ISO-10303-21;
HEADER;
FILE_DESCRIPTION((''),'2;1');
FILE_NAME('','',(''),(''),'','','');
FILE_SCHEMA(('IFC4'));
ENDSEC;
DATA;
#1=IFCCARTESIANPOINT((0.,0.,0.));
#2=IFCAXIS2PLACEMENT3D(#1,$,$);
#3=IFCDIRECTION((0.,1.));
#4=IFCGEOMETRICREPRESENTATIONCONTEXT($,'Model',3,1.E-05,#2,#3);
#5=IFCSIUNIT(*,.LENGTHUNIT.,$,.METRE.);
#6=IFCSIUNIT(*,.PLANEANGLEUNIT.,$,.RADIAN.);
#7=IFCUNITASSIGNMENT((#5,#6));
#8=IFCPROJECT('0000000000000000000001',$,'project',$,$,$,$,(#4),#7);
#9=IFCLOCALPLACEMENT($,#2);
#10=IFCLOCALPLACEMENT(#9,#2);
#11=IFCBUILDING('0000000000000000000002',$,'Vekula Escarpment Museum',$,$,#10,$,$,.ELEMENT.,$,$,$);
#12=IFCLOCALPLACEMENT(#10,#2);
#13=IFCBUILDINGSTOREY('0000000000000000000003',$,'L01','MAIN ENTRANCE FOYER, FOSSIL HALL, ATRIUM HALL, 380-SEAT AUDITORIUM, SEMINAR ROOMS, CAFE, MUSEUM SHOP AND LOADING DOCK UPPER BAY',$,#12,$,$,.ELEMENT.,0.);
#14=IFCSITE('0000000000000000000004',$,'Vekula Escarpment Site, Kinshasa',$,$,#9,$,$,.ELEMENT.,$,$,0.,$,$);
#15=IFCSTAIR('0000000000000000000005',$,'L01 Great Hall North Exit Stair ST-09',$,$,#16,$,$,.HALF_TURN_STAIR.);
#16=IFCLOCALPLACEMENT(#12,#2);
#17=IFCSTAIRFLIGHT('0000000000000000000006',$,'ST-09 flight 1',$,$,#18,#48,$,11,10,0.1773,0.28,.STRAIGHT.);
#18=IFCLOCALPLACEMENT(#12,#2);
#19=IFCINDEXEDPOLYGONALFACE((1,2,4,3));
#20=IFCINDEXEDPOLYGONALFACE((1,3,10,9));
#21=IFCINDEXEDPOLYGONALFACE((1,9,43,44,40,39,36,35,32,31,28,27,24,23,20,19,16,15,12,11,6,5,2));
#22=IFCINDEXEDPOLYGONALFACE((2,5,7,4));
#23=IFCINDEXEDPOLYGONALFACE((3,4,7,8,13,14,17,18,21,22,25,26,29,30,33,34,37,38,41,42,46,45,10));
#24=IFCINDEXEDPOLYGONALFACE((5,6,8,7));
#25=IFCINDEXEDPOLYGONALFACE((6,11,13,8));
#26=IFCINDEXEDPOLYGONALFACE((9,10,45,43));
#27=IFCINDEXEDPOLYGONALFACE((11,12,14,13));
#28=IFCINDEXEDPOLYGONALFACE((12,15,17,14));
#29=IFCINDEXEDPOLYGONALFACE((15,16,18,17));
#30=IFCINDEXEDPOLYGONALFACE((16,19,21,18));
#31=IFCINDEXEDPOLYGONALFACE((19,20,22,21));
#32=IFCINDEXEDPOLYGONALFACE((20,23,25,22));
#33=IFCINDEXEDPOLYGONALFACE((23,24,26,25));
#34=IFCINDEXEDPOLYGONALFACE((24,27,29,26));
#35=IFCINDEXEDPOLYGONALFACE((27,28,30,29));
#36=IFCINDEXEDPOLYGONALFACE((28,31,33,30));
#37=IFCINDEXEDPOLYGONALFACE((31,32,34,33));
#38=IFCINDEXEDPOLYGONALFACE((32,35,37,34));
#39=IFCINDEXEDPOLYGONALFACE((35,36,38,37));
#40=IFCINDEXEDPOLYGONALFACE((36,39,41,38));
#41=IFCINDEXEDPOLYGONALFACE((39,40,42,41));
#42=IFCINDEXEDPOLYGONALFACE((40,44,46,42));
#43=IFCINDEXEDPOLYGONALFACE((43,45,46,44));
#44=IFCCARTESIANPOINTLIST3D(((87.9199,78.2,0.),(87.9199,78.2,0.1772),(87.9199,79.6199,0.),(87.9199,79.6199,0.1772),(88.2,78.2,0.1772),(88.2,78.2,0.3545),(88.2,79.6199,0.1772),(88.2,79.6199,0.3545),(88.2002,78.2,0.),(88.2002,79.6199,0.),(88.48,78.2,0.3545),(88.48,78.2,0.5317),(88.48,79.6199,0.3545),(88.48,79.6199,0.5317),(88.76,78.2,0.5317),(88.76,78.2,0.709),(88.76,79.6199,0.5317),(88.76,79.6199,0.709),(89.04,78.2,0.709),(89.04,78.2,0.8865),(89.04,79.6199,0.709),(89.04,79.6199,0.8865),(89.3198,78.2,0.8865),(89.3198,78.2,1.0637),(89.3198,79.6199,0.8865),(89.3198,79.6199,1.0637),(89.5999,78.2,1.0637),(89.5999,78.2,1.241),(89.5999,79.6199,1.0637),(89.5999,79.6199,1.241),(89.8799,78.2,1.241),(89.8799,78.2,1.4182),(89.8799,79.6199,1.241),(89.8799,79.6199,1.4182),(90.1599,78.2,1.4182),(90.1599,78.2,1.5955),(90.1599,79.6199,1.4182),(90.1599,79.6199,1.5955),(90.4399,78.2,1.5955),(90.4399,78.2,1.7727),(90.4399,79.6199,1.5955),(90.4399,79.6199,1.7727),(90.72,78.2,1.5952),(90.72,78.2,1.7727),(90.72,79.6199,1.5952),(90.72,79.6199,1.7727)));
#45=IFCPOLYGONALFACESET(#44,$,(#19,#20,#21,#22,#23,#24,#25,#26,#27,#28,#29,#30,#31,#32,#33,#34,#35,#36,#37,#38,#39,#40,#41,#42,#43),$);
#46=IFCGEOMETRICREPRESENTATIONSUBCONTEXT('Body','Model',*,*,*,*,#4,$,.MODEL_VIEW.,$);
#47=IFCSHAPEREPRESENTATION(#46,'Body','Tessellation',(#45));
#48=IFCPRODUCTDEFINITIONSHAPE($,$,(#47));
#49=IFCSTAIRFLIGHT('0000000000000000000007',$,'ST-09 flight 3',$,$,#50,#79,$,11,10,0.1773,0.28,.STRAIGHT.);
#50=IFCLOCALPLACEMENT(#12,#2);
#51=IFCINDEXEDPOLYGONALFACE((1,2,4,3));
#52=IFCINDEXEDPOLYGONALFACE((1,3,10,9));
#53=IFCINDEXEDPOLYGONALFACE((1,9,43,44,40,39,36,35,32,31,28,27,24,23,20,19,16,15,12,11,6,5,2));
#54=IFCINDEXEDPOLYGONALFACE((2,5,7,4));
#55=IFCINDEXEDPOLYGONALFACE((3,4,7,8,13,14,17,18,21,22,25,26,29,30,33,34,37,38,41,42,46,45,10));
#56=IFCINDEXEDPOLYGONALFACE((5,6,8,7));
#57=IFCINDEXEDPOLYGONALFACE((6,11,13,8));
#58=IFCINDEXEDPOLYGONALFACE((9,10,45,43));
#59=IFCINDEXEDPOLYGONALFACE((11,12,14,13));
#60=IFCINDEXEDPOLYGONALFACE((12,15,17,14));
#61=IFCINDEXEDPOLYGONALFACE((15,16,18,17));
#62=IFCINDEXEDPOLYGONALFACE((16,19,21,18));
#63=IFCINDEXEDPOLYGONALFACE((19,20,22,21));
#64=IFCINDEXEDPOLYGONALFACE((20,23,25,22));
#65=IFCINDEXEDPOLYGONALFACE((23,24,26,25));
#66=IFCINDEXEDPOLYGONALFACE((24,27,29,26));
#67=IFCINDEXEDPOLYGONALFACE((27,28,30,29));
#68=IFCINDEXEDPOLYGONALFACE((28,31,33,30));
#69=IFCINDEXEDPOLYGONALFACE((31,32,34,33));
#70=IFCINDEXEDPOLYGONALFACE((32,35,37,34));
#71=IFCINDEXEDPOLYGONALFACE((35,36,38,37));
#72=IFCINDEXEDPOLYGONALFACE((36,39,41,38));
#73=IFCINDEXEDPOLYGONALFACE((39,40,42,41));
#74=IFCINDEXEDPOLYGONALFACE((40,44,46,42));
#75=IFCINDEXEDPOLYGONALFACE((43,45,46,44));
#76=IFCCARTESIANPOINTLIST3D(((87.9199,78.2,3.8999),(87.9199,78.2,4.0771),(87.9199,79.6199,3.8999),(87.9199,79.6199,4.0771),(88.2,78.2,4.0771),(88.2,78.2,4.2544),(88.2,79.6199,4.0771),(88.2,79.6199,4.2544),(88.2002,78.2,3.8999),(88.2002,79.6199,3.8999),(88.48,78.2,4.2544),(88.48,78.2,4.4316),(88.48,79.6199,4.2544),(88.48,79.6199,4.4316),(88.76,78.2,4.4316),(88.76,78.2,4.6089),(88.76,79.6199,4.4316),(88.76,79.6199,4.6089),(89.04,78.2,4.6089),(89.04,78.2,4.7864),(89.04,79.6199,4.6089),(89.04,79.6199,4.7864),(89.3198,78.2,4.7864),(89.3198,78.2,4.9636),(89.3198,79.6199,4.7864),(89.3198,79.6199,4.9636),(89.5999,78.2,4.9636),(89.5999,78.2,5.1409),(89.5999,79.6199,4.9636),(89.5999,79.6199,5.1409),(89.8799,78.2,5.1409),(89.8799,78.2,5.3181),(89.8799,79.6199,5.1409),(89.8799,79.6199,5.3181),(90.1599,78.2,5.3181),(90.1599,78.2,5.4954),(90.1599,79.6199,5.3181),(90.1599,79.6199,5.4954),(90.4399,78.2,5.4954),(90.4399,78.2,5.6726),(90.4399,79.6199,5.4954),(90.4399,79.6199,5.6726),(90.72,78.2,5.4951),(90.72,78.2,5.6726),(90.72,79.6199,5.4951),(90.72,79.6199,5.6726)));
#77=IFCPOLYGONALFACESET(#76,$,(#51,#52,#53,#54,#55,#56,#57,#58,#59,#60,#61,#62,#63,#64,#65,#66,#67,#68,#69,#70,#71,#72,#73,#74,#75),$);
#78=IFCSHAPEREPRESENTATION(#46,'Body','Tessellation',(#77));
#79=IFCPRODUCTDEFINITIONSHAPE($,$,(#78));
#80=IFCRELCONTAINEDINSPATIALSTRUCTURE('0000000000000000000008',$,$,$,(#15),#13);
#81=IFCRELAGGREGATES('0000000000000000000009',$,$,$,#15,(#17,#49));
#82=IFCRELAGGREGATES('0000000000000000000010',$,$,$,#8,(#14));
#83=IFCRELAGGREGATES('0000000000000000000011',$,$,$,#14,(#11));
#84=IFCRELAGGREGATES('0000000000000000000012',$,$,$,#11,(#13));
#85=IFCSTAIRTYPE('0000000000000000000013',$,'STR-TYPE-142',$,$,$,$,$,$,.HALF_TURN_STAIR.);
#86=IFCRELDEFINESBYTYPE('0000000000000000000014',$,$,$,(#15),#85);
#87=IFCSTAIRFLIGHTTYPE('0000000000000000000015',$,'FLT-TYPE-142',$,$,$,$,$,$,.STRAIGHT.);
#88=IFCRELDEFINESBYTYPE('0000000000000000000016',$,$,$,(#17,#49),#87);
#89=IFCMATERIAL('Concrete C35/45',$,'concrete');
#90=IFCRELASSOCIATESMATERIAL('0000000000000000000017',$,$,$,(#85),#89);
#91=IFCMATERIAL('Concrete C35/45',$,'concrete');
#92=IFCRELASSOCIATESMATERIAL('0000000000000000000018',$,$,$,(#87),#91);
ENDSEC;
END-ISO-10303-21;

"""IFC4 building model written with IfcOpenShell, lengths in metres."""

from ifc_helpers import new_model, si_unit, direction, frame, origin, place, context, subcontext, project, spatial, polyline, outline, extrude, material, type_object, element, aggregate, save


model = new_model("IFC4")

# Units and contexts
model_context = context("Model", 3, precision=1e-05, world=origin(), true_north=direction((0.0, 1.0)))
body_context = subcontext(model_context, "Body", "Model", "MODEL_VIEW")
ifc_project = project(units=[si_unit("LENGTHUNIT", "METRE"), si_unit("PLANEANGLEUNIT", "RADIAN")], contexts=[model_context])

# Site, building, storey
site_placement = place(None, origin())
site = spatial("IfcSite", under=ifc_project, at=site_placement, Name="Vekula Escarpment Site, Kinshasa", CompositionType="ELEMENT", RefElevation=0.0)
building_placement = place(site_placement, origin())
building = spatial("IfcBuilding", under=site, at=building_placement, Name="Vekula Escarpment Museum", CompositionType="ELEMENT")
storey_placement = place(building_placement, origin())
storey = spatial("IfcBuildingStorey", under=building, at=storey_placement, Name="L01", Description="MAIN ENTRANCE FOYER, FOSSIL HALL, ATRIUM HALL, 380-SEAT AUDITORIUM, SEMINAR ROOMS, CAFE, MUSEUM SHOP AND LOADING DOCK UPPER BAY", CompositionType="ELEMENT", Elevation=0.0)

# Stair, stair flights
ifc_material_1 = material(Name="Concrete C35/45", Category="concrete")
stair_type = type_object("IfcStairType", Name="STR-TYPE-142", PredefinedType="HALF_TURN_STAIR", material=ifc_material_1)
stair_placement = place(storey_placement, origin())
stair = element("IfcStair", 1, at=stair_placement, inside=storey, type_object=stair_type, Name="L01 Great Hall North Exit Stair ST-09", PredefinedType="HALF_TURN_STAIR")
ifc_material_2 = material(Name="Concrete C35/45", Category="concrete")
stair_flight_type = type_object("IfcStairFlightType", Name="FLT-TYPE-142", PredefinedType="STRAIGHT", material=ifc_material_2)
stair_flight_1_placement = place(storey_placement, frame((87.9199, 78.9099, 0.0), z_axis=(0.0, 0.0, 1.0), x_axis=(1.0, 0.0, 0.0)))
stair_flight_1 = element("IfcStairFlight", 2, at=stair_flight_1_placement, type_object=stair_flight_type, Name="ST-09 flight 1", NumberOfRisers=11, NumberOfTreads=10, PredefinedType="STRAIGHT", RiserHeight=0.1773, TreadLength=0.28, context=body_context, shape_type="SweptSolid", body=[
    extrude(outline(polyline([(0.0, 0.0), (0.0, 0.1772), (0.28, 0.1772), (0.28, 0.3545), (0.5601, 0.3545), (0.5601, 0.5317), (0.8401, 0.5317), (0.8401, 0.709), (1.1201, 0.709), (1.1201, 0.8865), (1.3999, 0.8865), (1.3999, 1.0637), (1.6799, 1.0637), (1.6799, 1.241), (1.96, 1.241), (1.96, 1.4182), (2.24, 1.4182), (2.24, 1.5955), (2.52, 1.5955), (2.52, 1.7727), (2.8, 1.7727), (2.8, 1.95), (2.8, 1.5952), (0.2803, 0.0), (0.0, 0.0)])), frame((0.0, 0.71, 0.0), z_axis=(0.0, -1.0, 0.0), x_axis=(1.0, 0.0, 0.0)), (0.0, 0.0, 1.0), 1.4199),
])
stair_flight_2_placement = place(storey_placement, frame((87.9199, 78.9099, 3.8999), z_axis=(0.0, 0.0, 1.0), x_axis=(1.0, 0.0, 0.0)))
stair_flight_2 = element("IfcStairFlight", 3, at=stair_flight_2_placement, type_object=stair_flight_type, Name="ST-09 flight 3", NumberOfRisers=11, NumberOfTreads=10, PredefinedType="STRAIGHT", RiserHeight=0.1773, TreadLength=0.28, context=body_context, shape_type="SweptSolid", body=[
    extrude(outline(polyline([(0.0, 0.0), (0.0, 0.1772), (0.28, 0.1772), (0.28, 0.3545), (0.5601, 0.3545), (0.5601, 0.5317), (0.8401, 0.5317), (0.8401, 0.709), (1.1201, 0.709), (1.1201, 0.8865), (1.3999, 0.8865), (1.3999, 1.0637), (1.6799, 1.0637), (1.6799, 1.241), (1.96, 1.241), (1.96, 1.4182), (2.24, 1.4182), (2.24, 1.5955), (2.52, 1.5955), (2.52, 1.7727), (2.8, 1.7727), (2.8, 1.95), (2.8, 1.5952), (0.2803, 0.0), (0.0, 0.0)])), frame((0.0, 0.71, 0.0), z_axis=(0.0, -1.0, 0.0), x_axis=(1.0, 0.0, 0.0)), (0.0, 0.0, 1.0), 1.4199),
])
aggregate(stair, [stair_flight_1, stair_flight_2])

save(model, "model.ifc")
